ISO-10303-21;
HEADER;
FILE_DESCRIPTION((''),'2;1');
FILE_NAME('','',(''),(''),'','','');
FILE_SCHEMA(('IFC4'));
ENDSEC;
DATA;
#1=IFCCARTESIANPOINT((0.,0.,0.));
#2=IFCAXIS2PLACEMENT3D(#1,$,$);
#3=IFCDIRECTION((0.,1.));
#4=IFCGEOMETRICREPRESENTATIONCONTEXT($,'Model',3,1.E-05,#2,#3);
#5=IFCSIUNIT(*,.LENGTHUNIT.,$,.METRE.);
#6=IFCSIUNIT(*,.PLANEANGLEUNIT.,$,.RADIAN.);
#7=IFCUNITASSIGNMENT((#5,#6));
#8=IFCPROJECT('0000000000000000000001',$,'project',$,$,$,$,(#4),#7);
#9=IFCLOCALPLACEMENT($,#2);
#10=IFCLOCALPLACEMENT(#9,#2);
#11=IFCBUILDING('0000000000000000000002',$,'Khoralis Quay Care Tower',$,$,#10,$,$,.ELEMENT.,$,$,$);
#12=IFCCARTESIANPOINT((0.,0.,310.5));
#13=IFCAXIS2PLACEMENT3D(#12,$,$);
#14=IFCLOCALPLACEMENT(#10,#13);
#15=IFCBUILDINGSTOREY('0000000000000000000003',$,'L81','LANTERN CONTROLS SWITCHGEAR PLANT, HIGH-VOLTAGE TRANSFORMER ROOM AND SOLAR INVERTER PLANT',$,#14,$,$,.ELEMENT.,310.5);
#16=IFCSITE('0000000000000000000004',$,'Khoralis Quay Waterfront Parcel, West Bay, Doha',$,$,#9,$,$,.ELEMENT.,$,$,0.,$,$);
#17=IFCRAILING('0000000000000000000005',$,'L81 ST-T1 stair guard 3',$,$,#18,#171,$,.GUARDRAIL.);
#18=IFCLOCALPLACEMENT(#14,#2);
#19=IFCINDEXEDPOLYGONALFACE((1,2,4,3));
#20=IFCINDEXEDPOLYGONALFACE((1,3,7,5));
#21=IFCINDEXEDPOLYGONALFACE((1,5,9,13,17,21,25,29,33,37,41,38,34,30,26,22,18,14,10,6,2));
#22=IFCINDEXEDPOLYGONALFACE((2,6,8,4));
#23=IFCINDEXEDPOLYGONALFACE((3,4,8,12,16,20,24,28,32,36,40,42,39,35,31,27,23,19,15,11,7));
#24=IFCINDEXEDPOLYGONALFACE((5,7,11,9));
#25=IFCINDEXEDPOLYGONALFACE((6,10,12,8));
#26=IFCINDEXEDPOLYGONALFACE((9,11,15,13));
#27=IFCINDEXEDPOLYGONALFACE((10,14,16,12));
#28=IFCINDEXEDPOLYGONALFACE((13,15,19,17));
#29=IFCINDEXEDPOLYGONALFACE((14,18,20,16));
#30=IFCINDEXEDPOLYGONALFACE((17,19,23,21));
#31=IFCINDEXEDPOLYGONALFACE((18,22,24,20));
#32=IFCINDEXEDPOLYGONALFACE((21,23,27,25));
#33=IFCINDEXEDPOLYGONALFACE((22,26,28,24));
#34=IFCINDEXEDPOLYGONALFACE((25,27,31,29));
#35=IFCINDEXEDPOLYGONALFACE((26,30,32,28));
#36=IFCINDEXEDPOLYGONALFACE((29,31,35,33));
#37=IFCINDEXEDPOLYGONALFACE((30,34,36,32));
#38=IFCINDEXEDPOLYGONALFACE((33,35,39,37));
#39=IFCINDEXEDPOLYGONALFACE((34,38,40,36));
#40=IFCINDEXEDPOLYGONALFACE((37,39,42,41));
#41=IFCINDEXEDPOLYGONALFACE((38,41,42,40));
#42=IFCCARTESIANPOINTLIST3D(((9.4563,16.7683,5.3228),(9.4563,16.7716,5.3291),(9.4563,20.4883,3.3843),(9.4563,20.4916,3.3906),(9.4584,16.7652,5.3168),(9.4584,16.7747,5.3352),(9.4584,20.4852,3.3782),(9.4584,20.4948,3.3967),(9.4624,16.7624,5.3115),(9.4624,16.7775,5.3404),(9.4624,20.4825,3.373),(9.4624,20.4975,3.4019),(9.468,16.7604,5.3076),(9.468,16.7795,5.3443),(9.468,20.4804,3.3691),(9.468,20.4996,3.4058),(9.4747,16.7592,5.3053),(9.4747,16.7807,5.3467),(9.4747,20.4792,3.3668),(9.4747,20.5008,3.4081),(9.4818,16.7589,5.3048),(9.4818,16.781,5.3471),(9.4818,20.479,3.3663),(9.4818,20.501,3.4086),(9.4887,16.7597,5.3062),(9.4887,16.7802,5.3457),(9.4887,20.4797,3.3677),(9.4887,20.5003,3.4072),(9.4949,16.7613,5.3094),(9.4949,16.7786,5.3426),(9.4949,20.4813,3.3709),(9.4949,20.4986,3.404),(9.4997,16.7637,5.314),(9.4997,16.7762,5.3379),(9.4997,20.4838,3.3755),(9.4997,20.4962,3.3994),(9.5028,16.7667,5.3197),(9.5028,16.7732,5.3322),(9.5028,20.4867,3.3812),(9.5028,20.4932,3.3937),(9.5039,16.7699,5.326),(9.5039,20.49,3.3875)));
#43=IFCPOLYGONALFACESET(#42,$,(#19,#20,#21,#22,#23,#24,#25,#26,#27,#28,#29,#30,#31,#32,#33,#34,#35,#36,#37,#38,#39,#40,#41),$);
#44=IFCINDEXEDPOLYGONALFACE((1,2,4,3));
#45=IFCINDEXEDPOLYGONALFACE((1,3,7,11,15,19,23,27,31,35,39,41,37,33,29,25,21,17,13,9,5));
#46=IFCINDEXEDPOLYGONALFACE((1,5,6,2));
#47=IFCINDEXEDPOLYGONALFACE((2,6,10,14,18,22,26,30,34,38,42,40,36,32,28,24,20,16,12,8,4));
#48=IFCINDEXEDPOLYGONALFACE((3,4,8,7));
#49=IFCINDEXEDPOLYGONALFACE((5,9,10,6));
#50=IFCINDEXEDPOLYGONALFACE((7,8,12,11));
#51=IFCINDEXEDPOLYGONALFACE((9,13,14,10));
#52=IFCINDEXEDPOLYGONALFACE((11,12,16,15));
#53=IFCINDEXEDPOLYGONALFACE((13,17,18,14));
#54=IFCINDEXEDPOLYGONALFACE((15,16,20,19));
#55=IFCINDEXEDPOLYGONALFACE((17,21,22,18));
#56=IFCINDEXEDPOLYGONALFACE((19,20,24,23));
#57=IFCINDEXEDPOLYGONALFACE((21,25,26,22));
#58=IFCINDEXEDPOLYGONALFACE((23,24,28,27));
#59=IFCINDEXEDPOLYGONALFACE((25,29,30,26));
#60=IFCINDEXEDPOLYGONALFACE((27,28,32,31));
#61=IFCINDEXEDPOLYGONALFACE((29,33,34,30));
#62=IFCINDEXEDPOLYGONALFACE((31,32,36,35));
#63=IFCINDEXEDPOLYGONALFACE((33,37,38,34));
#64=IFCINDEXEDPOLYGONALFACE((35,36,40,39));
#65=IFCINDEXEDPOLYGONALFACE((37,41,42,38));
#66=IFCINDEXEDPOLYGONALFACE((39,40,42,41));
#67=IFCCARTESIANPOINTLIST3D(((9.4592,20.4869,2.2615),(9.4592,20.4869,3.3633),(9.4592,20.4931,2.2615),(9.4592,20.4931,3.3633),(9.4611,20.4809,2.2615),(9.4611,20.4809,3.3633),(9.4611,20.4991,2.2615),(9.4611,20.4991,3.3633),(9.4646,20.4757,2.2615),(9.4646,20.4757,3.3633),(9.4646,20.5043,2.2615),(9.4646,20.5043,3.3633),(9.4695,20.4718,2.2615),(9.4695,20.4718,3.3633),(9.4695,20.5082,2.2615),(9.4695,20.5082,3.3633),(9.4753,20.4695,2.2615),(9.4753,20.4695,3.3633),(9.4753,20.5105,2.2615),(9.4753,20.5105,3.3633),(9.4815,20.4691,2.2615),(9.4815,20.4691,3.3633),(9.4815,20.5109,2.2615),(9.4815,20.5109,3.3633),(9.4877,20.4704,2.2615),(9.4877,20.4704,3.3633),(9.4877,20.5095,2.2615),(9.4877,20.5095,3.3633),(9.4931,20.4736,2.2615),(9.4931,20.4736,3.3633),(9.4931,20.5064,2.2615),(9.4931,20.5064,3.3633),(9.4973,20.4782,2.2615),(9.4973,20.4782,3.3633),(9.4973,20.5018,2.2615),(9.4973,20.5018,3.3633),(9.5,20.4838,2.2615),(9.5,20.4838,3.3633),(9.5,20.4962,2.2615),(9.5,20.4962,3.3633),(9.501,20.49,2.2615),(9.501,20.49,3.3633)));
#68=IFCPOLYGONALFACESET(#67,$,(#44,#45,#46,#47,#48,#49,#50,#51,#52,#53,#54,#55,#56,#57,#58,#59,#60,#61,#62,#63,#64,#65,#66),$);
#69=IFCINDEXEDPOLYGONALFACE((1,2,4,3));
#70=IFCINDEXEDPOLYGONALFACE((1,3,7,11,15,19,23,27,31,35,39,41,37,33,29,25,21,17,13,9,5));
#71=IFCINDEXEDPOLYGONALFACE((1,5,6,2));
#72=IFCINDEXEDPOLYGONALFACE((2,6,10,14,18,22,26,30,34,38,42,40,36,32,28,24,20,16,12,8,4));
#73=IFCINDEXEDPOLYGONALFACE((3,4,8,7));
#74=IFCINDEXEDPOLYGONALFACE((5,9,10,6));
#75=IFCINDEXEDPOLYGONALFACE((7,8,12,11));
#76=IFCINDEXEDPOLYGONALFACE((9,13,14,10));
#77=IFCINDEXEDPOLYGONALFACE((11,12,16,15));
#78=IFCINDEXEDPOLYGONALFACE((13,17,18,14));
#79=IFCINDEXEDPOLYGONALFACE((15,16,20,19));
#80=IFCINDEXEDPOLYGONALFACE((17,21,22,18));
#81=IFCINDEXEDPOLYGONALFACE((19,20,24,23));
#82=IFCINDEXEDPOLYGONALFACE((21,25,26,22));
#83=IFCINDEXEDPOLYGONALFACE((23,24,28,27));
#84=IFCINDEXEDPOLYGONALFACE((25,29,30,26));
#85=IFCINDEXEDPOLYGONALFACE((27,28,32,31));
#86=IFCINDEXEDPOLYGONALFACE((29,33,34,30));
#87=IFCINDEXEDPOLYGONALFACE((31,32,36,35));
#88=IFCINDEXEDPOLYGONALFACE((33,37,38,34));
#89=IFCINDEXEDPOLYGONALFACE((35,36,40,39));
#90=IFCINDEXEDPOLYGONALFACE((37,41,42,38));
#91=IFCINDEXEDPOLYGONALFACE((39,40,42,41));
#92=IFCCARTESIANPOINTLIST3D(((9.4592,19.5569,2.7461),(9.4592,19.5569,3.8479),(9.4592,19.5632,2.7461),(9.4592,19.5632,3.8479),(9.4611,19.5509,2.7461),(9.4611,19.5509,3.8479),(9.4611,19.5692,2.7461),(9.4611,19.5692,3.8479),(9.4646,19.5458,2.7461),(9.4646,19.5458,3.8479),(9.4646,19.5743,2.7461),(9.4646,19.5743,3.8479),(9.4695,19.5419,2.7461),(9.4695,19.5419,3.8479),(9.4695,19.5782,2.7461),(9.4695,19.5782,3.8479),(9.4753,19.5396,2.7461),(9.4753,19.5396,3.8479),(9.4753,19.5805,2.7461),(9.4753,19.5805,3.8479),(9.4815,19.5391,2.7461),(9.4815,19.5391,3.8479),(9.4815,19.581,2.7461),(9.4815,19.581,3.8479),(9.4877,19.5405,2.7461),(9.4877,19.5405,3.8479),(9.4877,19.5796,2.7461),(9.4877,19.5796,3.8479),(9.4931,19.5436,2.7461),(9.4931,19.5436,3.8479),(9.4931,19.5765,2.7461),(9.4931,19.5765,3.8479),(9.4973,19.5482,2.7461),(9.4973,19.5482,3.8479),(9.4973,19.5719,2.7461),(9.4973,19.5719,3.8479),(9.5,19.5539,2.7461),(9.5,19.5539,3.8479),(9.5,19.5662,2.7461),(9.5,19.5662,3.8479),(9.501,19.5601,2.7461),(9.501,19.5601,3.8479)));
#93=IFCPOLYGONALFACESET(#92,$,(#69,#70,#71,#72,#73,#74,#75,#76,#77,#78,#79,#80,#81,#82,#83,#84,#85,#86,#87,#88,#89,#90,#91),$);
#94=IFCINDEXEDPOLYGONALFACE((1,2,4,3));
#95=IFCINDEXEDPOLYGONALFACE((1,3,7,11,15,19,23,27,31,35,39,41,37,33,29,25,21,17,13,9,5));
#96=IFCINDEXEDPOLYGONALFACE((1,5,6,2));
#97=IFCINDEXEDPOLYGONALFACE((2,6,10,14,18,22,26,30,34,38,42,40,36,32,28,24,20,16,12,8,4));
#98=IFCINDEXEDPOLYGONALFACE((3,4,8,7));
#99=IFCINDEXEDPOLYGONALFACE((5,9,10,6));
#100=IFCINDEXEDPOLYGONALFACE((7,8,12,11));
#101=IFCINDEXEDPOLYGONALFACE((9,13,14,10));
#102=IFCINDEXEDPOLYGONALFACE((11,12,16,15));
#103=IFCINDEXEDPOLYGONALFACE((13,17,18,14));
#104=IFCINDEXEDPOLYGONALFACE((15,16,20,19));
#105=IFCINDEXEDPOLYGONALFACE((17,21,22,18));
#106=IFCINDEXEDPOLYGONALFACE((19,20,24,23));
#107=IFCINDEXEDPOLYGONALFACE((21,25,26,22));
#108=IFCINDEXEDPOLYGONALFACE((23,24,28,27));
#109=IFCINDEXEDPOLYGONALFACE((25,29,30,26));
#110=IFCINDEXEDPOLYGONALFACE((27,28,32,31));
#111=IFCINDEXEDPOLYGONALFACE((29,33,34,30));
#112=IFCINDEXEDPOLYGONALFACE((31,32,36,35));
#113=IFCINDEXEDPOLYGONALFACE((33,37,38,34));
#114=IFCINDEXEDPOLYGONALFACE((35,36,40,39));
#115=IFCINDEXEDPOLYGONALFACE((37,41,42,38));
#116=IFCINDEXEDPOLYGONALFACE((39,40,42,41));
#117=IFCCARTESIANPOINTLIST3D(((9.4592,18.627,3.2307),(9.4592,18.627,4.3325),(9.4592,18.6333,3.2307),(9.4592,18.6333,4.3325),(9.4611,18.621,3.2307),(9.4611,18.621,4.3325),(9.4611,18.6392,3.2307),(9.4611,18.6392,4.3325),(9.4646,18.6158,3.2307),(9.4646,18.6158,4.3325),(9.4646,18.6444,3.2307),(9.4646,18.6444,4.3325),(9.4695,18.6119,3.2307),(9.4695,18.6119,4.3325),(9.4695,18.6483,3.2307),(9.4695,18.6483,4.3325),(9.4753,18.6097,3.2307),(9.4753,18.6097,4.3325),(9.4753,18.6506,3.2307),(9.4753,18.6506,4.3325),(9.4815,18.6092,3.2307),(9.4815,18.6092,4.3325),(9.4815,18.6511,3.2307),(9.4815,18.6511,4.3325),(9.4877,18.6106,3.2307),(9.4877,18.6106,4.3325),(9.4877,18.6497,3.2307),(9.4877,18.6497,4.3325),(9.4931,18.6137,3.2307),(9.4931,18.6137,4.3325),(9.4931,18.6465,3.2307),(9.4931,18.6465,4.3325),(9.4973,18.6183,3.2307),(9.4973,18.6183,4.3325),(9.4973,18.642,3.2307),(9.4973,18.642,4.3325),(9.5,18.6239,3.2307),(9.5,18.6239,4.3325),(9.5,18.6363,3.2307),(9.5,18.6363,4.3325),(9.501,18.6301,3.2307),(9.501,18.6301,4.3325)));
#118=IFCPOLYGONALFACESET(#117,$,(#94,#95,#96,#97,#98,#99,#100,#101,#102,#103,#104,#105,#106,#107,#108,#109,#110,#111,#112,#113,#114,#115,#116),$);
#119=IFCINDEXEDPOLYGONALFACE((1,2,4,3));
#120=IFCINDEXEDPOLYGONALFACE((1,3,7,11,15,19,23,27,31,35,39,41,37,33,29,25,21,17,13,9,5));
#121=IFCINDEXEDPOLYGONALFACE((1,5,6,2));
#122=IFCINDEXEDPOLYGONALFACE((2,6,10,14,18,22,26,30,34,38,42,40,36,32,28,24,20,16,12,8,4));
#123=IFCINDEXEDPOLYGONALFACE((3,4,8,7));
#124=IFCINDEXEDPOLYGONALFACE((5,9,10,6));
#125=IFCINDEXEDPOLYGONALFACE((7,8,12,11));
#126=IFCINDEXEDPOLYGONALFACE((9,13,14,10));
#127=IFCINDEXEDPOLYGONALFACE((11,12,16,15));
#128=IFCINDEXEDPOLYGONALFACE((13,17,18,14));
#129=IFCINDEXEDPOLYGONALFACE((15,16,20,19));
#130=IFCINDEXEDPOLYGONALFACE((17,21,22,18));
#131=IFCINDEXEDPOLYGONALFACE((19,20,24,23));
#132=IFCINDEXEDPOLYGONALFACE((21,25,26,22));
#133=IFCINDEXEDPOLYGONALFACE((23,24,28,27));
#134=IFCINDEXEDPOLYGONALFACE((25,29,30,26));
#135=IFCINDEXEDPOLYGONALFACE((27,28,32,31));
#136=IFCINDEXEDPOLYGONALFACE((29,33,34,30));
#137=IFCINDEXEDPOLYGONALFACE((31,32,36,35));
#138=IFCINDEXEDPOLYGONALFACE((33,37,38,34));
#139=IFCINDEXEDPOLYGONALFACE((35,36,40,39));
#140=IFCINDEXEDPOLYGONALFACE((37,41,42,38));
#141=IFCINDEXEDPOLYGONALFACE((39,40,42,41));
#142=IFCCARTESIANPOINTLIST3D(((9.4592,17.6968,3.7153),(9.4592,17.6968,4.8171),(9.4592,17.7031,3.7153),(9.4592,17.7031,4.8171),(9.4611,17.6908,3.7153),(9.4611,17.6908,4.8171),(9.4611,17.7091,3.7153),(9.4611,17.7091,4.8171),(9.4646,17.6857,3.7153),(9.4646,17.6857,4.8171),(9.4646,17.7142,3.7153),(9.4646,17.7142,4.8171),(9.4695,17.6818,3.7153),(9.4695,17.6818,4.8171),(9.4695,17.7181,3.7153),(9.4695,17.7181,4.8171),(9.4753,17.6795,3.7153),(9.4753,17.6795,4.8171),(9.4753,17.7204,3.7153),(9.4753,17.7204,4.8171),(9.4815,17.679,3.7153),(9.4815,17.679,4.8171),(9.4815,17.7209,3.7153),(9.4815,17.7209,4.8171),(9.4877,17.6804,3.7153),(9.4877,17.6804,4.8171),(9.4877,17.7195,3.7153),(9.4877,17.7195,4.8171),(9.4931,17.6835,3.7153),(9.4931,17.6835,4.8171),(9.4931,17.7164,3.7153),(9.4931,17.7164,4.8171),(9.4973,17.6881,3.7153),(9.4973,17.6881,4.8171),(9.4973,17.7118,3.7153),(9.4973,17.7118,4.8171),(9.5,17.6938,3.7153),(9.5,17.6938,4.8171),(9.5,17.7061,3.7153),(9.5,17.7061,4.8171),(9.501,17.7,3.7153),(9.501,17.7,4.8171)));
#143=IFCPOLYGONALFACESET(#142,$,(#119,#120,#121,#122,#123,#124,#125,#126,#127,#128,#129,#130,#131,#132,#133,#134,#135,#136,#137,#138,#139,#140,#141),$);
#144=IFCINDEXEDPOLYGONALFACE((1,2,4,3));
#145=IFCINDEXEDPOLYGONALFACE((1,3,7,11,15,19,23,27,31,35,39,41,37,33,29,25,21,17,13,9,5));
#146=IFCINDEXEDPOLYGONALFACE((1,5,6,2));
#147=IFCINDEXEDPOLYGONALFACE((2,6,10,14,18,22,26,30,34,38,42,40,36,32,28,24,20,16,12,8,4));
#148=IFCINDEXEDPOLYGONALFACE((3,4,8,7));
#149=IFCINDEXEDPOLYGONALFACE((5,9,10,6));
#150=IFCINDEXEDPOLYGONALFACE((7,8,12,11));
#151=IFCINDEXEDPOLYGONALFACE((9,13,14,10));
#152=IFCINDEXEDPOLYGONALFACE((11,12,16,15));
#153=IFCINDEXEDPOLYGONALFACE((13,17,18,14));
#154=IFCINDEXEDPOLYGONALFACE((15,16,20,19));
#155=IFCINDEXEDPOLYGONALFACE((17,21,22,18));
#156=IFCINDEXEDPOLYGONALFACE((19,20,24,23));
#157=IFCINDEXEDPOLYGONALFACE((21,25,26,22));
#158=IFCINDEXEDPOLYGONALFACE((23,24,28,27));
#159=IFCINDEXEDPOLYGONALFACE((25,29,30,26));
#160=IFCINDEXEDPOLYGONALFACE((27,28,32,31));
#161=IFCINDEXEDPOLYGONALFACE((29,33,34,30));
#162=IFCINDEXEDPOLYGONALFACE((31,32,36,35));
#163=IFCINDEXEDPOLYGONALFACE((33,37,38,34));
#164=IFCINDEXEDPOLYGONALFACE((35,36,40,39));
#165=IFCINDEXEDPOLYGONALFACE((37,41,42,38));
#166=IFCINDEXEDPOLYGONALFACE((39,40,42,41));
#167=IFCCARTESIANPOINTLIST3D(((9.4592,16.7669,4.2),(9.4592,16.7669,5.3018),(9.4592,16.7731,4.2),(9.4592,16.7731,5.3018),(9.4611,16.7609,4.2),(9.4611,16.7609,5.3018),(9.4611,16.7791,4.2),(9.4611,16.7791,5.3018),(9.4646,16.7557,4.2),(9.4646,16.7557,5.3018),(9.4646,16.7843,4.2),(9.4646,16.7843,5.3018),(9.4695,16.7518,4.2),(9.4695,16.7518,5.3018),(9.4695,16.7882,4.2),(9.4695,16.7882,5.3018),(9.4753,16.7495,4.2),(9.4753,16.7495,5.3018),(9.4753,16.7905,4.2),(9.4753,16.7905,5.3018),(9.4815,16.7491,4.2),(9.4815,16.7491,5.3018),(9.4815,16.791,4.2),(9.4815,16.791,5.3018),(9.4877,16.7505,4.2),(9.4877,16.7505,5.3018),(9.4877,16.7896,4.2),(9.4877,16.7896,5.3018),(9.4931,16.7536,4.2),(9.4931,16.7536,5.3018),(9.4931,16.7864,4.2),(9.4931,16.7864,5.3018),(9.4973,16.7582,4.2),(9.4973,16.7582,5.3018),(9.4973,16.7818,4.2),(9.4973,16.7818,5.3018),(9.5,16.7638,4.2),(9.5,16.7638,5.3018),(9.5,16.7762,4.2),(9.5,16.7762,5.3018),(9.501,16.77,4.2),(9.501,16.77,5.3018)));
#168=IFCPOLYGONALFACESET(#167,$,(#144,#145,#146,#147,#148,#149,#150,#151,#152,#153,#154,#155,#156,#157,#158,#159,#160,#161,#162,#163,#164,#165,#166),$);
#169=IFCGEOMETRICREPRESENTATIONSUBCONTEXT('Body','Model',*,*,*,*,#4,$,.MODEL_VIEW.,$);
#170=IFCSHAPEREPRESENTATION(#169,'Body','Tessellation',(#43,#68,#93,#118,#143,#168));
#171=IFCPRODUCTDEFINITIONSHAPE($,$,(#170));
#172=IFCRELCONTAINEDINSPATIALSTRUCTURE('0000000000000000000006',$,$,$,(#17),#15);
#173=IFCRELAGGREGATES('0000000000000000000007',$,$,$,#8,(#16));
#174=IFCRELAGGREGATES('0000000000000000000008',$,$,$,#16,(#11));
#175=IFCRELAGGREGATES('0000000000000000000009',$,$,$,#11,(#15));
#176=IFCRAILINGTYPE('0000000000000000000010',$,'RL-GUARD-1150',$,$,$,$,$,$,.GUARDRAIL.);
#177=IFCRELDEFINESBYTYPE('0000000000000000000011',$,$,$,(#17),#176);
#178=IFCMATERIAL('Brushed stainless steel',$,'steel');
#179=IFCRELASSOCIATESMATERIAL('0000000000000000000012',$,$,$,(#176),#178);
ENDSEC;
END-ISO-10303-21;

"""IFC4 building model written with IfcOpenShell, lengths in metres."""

from ifc_helpers import new_model, si_unit, direction, frame, origin, origin_2d, place, context, subcontext, project, spatial, circle, extrude, material, type_object, element, save


model = new_model("IFC4")

# Units and contexts
model_context = context("Model", 3, precision=1e-05, world=origin(), true_north=direction((0.0, 1.0)))
body_context = subcontext(model_context, "Body", "Model", "MODEL_VIEW")
ifc_project = project(units=[si_unit("LENGTHUNIT", "METRE"), si_unit("PLANEANGLEUNIT", "RADIAN")], contexts=[model_context])

# Site, building, storey
site_placement = place(None, origin())
site = spatial("IfcSite", under=ifc_project, at=site_placement, Name="Khoralis Quay Waterfront Parcel, West Bay, Doha", CompositionType="ELEMENT", RefElevation=0.0)
building_placement = place(site_placement, origin())
building = spatial("IfcBuilding", under=site, at=building_placement, Name="Khoralis Quay Care Tower", CompositionType="ELEMENT")
storey_placement = place(building_placement, frame((0.0, 0.0, 310.5)))
storey = spatial("IfcBuildingStorey", under=building, at=storey_placement, Name="L81", Description="LANTERN CONTROLS SWITCHGEAR PLANT, HIGH-VOLTAGE TRANSFORMER ROOM AND SOLAR INVERTER PLANT", CompositionType="ELEMENT", Elevation=310.5)

# Railing
ifc_material_1 = material(Name="Brushed stainless steel", Category="steel")
railing_type_1 = type_object("IfcRailingType", Name="RL-GUARD-1150", PredefinedType="GUARDRAIL", material=ifc_material_1)
railing_1_placement = place(storey_placement, frame((9.48, 20.49, 2.2615)))
element("IfcRailing", 1, at=railing_1_placement, inside=storey, type_object=railing_type_1, Name="L81 ST-T1 stair guard 3", PredefinedType="GUARDRAIL", context=body_context, shape_type="SweptSolid", body=[
    extrude(circle(Radius=0.0239, at=origin_2d()), frame((0.0, 0.0, 1.126), z_axis=(0.0, -0.886817, 0.46212), x_axis=(1.0, 0.0, 0.0)), (0.0, 0.0, 1.0), 4.1948),
    extrude(circle(Radius=0.021, at=origin_2d()), origin(), (0.0, 0.0, 1.0), 1.1018),
    extrude(circle(Radius=0.021, at=origin_2d()), frame((0.0, -0.9299, 0.4846)), (0.0, 0.0, 1.0), 1.1018),
    extrude(circle(Radius=0.021, at=origin_2d()), frame((0.0, -1.8599, 0.9692)), (0.0, 0.0, 1.0), 1.1018),
    extrude(circle(Radius=0.021, at=origin_2d()), frame((0.0, -2.79, 1.4539)), (0.0, 0.0, 1.0), 1.1018),
    extrude(circle(Radius=0.021, at=origin_2d()), frame((0.0, -3.72, 1.9385)), (0.0, 0.0, 1.0), 1.1018),
])

save(model, "model.ifc")
